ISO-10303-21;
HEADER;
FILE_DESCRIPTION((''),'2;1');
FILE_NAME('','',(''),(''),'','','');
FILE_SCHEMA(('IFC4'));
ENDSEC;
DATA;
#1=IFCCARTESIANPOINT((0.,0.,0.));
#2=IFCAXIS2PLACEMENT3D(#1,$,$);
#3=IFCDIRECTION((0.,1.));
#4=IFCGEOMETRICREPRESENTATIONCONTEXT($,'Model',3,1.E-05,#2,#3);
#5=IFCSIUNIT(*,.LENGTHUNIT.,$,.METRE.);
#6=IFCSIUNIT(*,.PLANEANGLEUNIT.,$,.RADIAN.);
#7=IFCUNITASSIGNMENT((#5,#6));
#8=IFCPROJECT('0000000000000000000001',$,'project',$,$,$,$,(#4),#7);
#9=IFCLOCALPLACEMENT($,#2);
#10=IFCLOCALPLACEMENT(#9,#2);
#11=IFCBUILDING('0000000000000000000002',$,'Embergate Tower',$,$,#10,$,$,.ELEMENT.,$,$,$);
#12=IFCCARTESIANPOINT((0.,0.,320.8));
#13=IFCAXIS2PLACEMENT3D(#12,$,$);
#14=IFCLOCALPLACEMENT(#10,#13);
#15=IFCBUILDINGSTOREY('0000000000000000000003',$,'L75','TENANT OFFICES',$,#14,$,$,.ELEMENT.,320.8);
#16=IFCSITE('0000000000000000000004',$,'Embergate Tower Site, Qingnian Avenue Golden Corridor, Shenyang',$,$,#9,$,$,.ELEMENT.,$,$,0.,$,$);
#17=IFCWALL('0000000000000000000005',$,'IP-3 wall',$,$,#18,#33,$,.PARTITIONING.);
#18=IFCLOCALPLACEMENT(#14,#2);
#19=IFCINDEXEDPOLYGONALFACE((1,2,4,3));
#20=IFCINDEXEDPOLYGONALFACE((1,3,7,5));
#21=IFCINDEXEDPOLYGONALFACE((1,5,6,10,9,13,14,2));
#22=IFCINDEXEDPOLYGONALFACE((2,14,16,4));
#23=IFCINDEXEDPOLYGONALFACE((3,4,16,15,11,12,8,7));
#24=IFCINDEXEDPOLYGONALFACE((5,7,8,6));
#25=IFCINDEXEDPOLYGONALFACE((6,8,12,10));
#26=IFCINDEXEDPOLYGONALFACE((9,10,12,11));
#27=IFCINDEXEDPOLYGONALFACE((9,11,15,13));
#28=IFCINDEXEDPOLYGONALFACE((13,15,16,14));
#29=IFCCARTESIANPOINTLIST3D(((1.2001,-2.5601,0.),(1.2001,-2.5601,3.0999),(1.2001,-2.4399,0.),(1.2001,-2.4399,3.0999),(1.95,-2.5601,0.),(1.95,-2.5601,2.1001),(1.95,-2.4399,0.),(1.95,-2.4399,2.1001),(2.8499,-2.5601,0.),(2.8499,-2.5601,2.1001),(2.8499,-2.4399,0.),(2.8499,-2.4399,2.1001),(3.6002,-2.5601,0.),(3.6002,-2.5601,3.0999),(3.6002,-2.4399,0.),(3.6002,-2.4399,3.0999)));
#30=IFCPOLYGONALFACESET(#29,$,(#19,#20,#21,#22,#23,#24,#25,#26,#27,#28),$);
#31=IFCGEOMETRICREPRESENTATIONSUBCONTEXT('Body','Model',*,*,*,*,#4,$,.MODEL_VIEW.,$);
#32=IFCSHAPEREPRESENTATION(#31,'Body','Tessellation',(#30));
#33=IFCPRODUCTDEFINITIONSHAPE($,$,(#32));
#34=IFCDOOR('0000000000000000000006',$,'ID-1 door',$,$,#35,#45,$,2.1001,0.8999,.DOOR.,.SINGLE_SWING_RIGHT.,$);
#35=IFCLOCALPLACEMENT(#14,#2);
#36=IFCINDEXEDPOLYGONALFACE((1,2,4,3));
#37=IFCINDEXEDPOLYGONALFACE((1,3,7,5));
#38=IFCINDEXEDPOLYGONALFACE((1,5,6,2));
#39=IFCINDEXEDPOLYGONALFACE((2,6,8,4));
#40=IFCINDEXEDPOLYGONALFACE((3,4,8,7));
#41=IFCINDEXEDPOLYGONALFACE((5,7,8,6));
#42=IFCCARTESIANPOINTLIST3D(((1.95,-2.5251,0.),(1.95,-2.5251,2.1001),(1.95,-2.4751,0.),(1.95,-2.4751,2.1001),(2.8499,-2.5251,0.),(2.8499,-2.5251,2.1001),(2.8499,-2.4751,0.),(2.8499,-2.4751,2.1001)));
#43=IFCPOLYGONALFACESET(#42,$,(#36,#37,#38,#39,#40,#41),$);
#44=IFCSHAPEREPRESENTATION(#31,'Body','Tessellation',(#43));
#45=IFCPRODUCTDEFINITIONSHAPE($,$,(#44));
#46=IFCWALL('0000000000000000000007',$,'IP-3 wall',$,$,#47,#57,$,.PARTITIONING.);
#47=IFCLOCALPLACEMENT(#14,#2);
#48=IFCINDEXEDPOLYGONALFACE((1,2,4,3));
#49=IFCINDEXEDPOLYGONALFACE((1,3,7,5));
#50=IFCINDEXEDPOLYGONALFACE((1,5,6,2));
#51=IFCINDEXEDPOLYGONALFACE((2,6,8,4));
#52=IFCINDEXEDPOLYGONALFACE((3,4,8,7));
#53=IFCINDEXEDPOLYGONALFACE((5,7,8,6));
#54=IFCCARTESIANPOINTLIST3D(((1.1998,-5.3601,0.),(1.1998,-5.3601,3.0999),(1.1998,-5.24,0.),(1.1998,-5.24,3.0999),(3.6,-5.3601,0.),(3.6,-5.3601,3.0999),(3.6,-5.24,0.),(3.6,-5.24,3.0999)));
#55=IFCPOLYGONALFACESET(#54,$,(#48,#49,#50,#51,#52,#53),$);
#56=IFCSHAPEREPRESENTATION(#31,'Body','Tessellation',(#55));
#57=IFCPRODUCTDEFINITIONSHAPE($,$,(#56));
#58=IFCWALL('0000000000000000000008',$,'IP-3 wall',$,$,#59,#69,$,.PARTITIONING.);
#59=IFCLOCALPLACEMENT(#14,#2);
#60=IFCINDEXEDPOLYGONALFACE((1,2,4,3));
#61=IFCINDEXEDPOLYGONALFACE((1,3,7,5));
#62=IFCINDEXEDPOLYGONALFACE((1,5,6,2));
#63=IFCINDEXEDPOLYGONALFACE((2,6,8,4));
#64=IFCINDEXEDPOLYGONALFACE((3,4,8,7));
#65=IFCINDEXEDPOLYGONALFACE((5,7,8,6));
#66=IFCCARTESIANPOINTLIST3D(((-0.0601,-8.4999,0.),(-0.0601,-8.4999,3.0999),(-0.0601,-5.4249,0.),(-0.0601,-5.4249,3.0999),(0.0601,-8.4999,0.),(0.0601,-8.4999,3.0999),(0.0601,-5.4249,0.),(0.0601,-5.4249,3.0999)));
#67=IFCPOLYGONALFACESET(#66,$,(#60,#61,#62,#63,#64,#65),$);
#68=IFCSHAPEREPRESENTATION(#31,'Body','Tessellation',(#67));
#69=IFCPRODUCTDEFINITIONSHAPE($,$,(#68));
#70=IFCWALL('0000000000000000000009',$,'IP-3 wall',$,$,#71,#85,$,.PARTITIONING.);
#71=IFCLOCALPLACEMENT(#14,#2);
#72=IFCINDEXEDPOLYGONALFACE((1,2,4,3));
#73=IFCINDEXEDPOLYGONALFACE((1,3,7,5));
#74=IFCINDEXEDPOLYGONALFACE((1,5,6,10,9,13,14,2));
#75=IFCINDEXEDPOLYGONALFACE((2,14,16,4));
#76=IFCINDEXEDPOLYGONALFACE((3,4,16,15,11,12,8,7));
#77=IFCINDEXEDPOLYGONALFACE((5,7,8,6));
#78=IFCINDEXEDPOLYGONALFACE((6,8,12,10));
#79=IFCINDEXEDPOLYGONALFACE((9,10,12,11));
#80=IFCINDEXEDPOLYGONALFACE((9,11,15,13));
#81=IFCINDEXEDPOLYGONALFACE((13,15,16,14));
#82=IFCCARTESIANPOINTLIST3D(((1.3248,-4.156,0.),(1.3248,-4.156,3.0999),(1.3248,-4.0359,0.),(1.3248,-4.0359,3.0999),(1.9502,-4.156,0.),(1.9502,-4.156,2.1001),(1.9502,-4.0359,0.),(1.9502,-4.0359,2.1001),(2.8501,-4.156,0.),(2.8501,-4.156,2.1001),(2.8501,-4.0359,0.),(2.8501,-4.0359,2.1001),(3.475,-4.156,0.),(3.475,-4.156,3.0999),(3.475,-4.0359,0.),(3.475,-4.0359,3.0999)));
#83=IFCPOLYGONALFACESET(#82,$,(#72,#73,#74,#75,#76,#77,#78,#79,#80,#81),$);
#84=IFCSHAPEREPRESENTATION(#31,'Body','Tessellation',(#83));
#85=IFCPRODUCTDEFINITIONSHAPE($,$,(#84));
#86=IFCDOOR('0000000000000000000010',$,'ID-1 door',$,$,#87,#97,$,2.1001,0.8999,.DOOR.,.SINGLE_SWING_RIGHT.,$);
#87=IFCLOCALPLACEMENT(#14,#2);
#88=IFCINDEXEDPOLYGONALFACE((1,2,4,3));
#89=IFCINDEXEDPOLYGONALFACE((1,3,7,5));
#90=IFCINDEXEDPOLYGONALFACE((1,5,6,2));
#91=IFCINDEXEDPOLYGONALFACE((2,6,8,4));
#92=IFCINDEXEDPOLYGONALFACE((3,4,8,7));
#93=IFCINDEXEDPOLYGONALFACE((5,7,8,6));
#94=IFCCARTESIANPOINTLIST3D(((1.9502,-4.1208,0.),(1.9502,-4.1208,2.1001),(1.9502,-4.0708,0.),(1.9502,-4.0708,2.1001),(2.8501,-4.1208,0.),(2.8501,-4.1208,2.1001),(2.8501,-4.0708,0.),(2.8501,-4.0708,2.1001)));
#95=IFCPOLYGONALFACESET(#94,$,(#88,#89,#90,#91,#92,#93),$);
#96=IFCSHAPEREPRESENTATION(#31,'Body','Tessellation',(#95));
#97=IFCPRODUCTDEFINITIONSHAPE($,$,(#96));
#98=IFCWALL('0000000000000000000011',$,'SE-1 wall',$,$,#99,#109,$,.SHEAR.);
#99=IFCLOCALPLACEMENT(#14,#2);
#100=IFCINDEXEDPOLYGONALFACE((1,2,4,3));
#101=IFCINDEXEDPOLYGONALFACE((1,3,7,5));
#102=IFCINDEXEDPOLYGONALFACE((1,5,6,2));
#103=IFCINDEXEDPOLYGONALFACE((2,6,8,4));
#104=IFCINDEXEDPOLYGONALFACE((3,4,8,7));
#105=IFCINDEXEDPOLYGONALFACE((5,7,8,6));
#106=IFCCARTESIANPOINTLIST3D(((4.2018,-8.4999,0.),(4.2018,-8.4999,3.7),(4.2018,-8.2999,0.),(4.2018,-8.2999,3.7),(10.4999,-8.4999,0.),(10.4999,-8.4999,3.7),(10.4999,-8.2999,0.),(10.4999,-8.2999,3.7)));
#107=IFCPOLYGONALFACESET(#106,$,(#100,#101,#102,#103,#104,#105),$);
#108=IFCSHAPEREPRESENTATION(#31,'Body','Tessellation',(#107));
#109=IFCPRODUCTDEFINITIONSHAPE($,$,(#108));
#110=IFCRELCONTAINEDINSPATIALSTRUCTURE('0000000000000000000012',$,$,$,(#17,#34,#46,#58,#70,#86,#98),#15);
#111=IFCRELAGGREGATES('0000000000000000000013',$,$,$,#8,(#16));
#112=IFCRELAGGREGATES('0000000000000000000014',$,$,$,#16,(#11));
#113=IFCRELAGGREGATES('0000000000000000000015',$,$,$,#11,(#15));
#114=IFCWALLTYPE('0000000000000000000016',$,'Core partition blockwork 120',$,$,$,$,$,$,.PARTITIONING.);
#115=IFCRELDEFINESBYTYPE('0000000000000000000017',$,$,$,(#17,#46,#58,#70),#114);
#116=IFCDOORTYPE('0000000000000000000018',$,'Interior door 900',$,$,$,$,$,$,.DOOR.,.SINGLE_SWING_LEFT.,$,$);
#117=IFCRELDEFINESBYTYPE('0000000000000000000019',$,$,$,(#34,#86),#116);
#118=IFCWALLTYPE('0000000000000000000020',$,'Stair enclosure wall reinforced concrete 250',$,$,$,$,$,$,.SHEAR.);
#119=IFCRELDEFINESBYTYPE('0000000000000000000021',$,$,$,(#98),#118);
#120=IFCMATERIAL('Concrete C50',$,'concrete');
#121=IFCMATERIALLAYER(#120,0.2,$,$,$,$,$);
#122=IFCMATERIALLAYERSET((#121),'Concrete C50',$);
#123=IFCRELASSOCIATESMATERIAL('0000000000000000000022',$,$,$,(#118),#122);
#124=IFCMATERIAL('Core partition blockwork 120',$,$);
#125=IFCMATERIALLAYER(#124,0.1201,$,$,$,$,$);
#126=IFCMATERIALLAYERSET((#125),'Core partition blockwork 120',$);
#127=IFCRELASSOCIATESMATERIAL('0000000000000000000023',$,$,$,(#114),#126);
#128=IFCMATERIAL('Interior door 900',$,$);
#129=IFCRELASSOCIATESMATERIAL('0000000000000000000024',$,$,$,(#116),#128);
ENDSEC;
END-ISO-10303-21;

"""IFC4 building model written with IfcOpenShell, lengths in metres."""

from ifc_helpers import new_model, si_unit, direction, frame, frame_2d, origin, place, context, subcontext, project, spatial, rectangle, extrude, source, transform, mapped, material, layer, layer_set, type_object, element, fill, save


model = new_model("IFC4")

# Units and contexts
model_context = context("Model", 3, precision=1e-05, world=origin(), true_north=direction((0.0, 1.0)))
body_context = subcontext(model_context, "Body", "Model", "MODEL_VIEW")
ifc_project = project(units=[si_unit("LENGTHUNIT", "METRE"), si_unit("PLANEANGLEUNIT", "RADIAN")], contexts=[model_context])

# Site, building, storey
site_placement = place(None, origin())
site = spatial("IfcSite", under=ifc_project, at=site_placement, Name="Embergate Tower Site, Qingnian Avenue Golden Corridor, Shenyang", CompositionType="ELEMENT", RefElevation=0.0)
building_placement = place(site_placement, origin())
building = spatial("IfcBuilding", under=site, at=building_placement, Name="Embergate Tower", CompositionType="ELEMENT")
storey_placement = place(building_placement, frame((0.0, 0.0, 320.8)))
storey = spatial("IfcBuildingStorey", under=building, at=storey_placement, Name="L75", Description="TENANT OFFICES", CompositionType="ELEMENT", Elevation=320.8)

# Shared definitions
ifc_material_1 = material(Name="Concrete C50", Category="concrete")
ifc_layer_1 = layer(ifc_material_1, 0.2)
ifc_layer_set_1 = layer_set([ifc_layer_1], Name="Concrete C50")
wall_type_1 = type_object("IfcWallType", Name="Stair enclosure wall reinforced concrete 250", PredefinedType="SHEAR", material=ifc_layer_set_1)

# Wall, opening, door
ifc_material_2 = material(Name="Core partition blockwork 120")
ifc_layer_2 = layer(ifc_material_2, 0.1201)
ifc_layer_set_2 = layer_set([ifc_layer_2], Name="Core partition blockwork 120")
wall_type_2 = type_object("IfcWallType", Name="Core partition blockwork 120", PredefinedType="PARTITIONING", material=ifc_layer_set_2)
shared_shape_1 = source(origin(), body_context, "Body", "SweptSolid", [
    extrude(rectangle(XDim=2.4001, YDim=0.1201, at=frame_2d((1.2002, 0.0))), origin(), (0.0, 0.0, 1.0), 3.0999),
])
wall_1_placement = place(storey_placement, frame((1.2, -2.5, 0.0), z_axis=(0.0, 0.0, 1.0), x_axis=(1.0, 0.0, 0.0)))
wall_1 = element("IfcWall", 1, at=wall_1_placement, inside=storey, type_object=wall_type_2, Name="IP-3 wall", PredefinedType="PARTITIONING", context=body_context, shape_type="MappedRepresentation", body=[
    mapped(shared_shape_1, transform((0.0, 0.0, 0.0))),
])
shared_shape_2 = source(origin(), body_context, "Body", "SweptSolid", [
    extrude(rectangle(XDim=0.8999, YDim=2.1001, at=frame_2d((0.45, 1.05))), frame((0.0, 0.0701, 0.0), z_axis=(0.0, -1.0, 0.0), x_axis=(1.0, 0.0, 0.0)), (0.0, 0.0, 1.0), 0.1401),
])
opening_1_placement = place(wall_1_placement, frame((0.75, 0.0, 0.0)))
opening_1 = element("IfcOpeningElement", 2, at=opening_1_placement, cuts=wall_1, PredefinedType="OPENING", context=body_context, shape_type="MappedRepresentation", body=[
    mapped(shared_shape_2, transform((0.0, 0.0, 0.0))),
])
ifc_material_3 = material(Name="Interior door 900")
door_type_1 = type_object("IfcDoorType", Name="Interior door 900", OperationType="SINGLE_SWING_LEFT", PredefinedType="DOOR", material=ifc_material_3)
shared_shape_3 = source(origin(), body_context, "Body", "SweptSolid", [
    extrude(rectangle(XDim=0.8999, YDim=2.1001, at=frame_2d((0.45, 1.05))), frame((0.0, 0.0249, 0.0), z_axis=(0.0, -1.0, 0.0), x_axis=(1.0, 0.0, 0.0)), (0.0, 0.0, 1.0), 0.05),
])
door_1_placement = place(opening_1_placement, origin())
door_1 = element("IfcDoor", 3, at=door_1_placement, inside=storey, type_object=door_type_1, Name="ID-1 door", OperationType="SINGLE_SWING_RIGHT", OverallHeight=2.1001, OverallWidth=0.8999, PredefinedType="DOOR", context=body_context, shape_type="MappedRepresentation", body=[
    mapped(shared_shape_3, transform((0.0, 0.0, 0.0))),
])
fill(opening_1, door_1)

# Walls
wall_2_placement = place(storey_placement, frame((3.6001, -5.3, 0.0), z_axis=(0.0, 0.0, 1.0), x_axis=(-1.0, 0.0, 0.0)))
element("IfcWall", 4, at=wall_2_placement, inside=storey, type_object=wall_type_2, Name="IP-3 wall", PredefinedType="PARTITIONING", context=body_context, shape_type="MappedRepresentation", body=[
    mapped(shared_shape_1, transform((0.0, 0.0, 0.0))),
])
shared_shape_4 = source(origin(), body_context, "Body", "SweptSolid", [
    extrude(rectangle(XDim=3.075, YDim=0.1201, at=frame_2d((1.5376, 0.0))), origin(), (0.0, 0.0, 1.0), 3.0999),
])
wall_3_placement = place(storey_placement, frame((0.0, -8.5, 0.0), z_axis=(0.0, 0.0, 1.0), x_axis=(0.0, 1.0, 0.0)))
element("IfcWall", 5, at=wall_3_placement, inside=storey, type_object=wall_type_2, Name="IP-3 wall", PredefinedType="PARTITIONING", context=body_context, shape_type="MappedRepresentation", body=[
    mapped(shared_shape_4, transform((0.0, 0.0, 0.0))),
])

# Wall, opening, door
shared_shape_5 = source(origin(), body_context, "Body", "SweptSolid", [
    extrude(rectangle(XDim=2.1501, YDim=0.1201, at=frame_2d((1.0752, 0.0))), origin(), (0.0, 0.0, 1.0), 3.0999),
])
wall_4_placement = place(storey_placement, frame((3.4751, -4.0959, 0.0), z_axis=(0.0, 0.0, 1.0), x_axis=(-1.0, 0.0, 0.0)))
wall_4 = element("IfcWall", 6, at=wall_4_placement, inside=storey, type_object=wall_type_2, Name="IP-3 wall", PredefinedType="PARTITIONING", context=body_context, shape_type="MappedRepresentation", body=[
    mapped(shared_shape_5, transform((0.0, 0.0, 0.0))),
])
opening_2_placement = place(wall_4_placement, frame((0.625, 0.0, 0.0)))
opening_2 = element("IfcOpeningElement", 7, at=opening_2_placement, cuts=wall_4, PredefinedType="OPENING", context=body_context, shape_type="MappedRepresentation", body=[
    mapped(shared_shape_2, transform((0.0, 0.0, 0.0))),
])
door_2_placement = place(opening_2_placement, origin())
door_2 = element("IfcDoor", 8, at=door_2_placement, inside=storey, type_object=door_type_1, Name="ID-1 door", OperationType="SINGLE_SWING_RIGHT", OverallHeight=2.1001, OverallWidth=0.8999, PredefinedType="DOOR", context=body_context, shape_type="MappedRepresentation", body=[
    mapped(shared_shape_3, transform((0.0, 0.0, 0.0))),
])
fill(opening_2, door_2)

# Wall
shared_shape_6 = source(origin(), body_context, "Body", "SweptSolid", [
    extrude(rectangle(XDim=6.2981, YDim=0.2, at=frame_2d((3.1489, 0.0))), origin(), (0.0, 0.0, 1.0), 3.7),
])
wall_5_placement = place(storey_placement, frame((4.2019, -8.3999, 0.0), z_axis=(0.0, 0.0, 1.0), x_axis=(1.0, 0.0, 0.0)))
element("IfcWall", 9, at=wall_5_placement, inside=storey, type_object=wall_type_1, Name="SE-1 wall", PredefinedType="SHEAR", context=body_context, shape_type="MappedRepresentation", body=[
    mapped(shared_shape_6, transform((0.0, 0.0, 0.0))),
])

save(model, "model.ifc")
